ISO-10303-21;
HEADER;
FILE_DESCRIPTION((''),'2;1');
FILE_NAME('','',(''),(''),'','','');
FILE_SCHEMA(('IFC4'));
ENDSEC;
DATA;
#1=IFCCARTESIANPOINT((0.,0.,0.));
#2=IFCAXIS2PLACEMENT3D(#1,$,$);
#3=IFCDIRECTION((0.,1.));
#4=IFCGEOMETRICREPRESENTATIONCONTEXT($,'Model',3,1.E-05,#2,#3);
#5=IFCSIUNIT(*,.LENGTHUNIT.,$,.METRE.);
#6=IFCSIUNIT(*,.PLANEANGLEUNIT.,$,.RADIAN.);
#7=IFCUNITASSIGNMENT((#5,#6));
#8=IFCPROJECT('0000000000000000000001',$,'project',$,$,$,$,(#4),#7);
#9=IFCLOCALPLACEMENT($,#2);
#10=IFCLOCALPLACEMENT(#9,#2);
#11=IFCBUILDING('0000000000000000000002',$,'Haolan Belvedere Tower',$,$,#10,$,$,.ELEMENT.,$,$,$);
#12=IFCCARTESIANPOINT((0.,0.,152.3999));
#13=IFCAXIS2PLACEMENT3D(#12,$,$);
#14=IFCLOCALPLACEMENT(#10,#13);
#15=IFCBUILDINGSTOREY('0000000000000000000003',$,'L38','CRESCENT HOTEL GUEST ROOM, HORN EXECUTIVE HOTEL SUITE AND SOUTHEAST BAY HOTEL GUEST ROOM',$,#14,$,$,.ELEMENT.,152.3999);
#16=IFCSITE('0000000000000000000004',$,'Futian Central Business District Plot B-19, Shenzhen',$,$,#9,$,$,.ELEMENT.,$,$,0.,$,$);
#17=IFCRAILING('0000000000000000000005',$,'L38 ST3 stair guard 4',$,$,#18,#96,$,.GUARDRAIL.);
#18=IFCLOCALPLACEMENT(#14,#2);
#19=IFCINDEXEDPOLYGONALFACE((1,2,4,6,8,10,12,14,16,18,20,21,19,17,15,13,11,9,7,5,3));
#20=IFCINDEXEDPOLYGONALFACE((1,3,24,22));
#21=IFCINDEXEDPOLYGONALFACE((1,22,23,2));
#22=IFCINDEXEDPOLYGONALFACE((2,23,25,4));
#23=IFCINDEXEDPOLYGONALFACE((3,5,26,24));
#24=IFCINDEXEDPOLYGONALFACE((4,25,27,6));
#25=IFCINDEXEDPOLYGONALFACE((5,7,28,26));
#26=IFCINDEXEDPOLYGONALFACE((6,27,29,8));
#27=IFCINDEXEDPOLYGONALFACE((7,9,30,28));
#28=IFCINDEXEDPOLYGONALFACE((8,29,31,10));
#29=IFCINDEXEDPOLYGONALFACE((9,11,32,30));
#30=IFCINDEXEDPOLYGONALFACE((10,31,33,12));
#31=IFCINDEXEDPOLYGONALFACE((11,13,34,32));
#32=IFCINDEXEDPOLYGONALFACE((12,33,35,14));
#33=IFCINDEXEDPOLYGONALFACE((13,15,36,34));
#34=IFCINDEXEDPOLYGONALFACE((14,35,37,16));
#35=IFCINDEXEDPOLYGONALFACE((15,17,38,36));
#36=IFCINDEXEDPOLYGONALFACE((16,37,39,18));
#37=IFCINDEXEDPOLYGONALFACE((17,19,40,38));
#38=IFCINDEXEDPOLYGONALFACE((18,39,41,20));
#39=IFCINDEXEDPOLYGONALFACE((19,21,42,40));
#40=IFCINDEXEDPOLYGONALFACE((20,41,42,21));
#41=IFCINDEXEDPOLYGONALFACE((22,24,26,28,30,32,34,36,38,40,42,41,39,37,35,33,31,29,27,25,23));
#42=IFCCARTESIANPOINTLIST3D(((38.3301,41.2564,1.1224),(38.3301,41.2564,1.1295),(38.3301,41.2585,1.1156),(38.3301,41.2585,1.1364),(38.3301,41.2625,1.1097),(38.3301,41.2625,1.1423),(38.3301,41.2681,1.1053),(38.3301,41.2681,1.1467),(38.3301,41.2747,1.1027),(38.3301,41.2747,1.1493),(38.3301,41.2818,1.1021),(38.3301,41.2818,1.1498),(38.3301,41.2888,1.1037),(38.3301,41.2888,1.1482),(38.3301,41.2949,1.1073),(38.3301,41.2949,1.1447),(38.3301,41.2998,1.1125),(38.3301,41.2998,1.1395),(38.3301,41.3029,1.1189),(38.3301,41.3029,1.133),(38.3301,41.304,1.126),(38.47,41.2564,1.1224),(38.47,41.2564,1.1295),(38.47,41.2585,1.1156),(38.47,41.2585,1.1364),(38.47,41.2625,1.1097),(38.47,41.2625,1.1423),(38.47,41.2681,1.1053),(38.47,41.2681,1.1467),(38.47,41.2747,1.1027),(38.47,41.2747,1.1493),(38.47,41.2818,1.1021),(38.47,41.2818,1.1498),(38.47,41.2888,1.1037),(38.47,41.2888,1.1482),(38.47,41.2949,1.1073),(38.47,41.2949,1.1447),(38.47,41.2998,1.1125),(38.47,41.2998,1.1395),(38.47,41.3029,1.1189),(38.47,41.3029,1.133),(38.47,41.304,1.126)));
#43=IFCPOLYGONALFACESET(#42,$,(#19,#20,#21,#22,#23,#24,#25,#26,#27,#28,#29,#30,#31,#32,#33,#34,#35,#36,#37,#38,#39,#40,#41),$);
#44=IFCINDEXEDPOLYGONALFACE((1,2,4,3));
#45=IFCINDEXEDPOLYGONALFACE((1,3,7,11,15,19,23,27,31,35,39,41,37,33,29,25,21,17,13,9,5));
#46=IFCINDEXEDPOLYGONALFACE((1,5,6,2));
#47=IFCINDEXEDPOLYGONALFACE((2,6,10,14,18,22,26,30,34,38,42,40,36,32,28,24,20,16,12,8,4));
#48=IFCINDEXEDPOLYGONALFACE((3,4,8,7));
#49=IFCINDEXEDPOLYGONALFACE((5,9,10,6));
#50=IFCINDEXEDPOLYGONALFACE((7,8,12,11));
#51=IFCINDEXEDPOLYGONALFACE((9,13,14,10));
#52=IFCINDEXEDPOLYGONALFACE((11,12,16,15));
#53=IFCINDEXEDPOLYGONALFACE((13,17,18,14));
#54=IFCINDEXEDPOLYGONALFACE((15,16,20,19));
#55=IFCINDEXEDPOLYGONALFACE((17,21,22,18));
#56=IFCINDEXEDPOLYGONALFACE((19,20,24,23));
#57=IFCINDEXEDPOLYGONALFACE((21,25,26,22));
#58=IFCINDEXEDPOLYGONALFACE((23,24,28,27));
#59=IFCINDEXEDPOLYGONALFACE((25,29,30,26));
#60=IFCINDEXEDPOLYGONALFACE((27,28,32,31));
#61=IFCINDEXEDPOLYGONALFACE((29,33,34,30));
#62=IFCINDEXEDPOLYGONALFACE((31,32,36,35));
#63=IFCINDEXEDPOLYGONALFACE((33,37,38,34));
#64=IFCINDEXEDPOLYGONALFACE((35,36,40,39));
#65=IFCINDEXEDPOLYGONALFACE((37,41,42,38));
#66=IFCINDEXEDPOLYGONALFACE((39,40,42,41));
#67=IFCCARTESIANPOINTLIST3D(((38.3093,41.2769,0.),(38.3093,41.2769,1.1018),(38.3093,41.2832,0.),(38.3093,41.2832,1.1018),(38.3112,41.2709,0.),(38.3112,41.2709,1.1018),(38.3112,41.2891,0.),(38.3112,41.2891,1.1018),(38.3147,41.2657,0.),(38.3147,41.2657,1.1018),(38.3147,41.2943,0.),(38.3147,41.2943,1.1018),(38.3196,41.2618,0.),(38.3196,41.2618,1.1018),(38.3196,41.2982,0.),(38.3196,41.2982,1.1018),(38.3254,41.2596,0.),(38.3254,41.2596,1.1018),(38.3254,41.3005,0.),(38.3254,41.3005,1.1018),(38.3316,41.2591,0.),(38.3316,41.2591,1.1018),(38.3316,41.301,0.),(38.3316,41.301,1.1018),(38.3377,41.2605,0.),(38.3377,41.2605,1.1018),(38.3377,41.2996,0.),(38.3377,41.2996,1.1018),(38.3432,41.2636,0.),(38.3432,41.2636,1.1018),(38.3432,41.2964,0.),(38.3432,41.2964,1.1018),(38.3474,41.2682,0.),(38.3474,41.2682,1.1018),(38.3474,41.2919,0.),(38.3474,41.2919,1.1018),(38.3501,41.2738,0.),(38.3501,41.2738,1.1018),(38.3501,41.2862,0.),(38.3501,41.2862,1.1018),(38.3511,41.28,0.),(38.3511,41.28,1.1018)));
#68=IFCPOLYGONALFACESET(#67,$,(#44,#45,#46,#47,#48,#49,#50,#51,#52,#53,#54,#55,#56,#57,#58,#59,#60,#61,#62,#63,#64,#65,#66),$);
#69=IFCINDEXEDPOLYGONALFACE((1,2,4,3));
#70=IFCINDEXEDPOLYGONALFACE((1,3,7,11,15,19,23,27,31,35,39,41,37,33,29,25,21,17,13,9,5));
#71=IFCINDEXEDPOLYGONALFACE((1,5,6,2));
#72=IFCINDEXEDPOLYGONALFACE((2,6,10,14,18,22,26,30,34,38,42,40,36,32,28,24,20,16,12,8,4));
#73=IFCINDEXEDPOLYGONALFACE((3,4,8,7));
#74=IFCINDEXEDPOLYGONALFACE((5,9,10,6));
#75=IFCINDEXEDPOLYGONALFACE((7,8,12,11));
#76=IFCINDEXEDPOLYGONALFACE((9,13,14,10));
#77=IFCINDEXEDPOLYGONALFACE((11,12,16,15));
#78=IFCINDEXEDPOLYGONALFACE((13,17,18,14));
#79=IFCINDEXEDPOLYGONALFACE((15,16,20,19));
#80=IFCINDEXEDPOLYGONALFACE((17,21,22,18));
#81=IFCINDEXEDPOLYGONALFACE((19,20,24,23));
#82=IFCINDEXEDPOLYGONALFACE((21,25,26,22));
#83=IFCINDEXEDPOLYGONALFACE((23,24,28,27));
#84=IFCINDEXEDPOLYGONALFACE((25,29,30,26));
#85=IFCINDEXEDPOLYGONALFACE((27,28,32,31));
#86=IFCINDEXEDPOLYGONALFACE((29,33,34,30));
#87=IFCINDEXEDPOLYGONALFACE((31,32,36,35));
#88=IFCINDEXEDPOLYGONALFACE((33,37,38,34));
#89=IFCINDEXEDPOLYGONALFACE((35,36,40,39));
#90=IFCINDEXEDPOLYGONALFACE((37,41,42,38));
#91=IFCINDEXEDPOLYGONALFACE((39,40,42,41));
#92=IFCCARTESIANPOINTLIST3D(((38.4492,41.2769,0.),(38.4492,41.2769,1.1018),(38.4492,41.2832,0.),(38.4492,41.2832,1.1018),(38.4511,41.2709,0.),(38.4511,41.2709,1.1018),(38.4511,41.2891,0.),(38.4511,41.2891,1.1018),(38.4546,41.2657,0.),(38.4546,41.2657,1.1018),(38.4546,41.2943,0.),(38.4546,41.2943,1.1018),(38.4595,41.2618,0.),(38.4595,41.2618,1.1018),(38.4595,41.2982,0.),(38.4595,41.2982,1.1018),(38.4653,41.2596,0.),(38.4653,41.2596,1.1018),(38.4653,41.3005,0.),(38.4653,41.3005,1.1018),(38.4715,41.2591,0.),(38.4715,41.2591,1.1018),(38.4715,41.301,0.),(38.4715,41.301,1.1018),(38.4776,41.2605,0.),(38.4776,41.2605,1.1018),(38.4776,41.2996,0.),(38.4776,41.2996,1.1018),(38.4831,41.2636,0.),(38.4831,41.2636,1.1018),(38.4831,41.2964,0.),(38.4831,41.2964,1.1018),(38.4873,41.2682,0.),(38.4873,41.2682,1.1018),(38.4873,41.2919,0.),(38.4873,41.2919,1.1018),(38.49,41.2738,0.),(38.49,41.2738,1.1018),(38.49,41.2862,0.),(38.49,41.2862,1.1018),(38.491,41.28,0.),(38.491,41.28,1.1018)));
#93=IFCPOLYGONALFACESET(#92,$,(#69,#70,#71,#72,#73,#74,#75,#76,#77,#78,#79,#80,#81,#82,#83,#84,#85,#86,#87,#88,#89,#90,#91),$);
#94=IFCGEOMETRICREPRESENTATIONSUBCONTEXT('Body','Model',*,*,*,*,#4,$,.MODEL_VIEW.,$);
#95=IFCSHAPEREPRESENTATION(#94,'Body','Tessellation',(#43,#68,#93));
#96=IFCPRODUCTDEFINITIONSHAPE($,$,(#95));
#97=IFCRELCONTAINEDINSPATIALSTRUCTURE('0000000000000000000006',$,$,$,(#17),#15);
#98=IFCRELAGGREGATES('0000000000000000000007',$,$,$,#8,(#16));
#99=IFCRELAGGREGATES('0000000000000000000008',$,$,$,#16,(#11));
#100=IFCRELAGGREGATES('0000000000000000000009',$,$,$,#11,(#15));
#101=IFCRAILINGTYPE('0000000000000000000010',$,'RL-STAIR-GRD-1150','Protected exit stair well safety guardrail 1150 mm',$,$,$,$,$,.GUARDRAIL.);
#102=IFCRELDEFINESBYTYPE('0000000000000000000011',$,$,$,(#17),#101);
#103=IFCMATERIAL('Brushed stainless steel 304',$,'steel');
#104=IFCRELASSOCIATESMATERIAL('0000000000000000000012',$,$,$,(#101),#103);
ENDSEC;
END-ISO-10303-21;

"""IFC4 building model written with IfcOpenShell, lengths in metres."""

from ifc_helpers import new_model, si_unit, direction, frame, origin, origin_2d, place, context, subcontext, project, spatial, circle, extrude, material, type_object, element, save


model = new_model("IFC4")

# Units and contexts
model_context = context("Model", 3, precision=1e-05, world=origin(), true_north=direction((0.0, 1.0)))
body_context = subcontext(model_context, "Body", "Model", "MODEL_VIEW")
ifc_project = project(units=[si_unit("LENGTHUNIT", "METRE"), si_unit("PLANEANGLEUNIT", "RADIAN")], contexts=[model_context])

# Site, building, storey
site_placement = place(None, origin())
site = spatial("IfcSite", under=ifc_project, at=site_placement, Name="Futian Central Business District Plot B-19, Shenzhen", CompositionType="ELEMENT", RefElevation=0.0)
building_placement = place(site_placement, origin())
building = spatial("IfcBuilding", under=site, at=building_placement, Name="Haolan Belvedere Tower", CompositionType="ELEMENT")
storey_placement = place(building_placement, frame((0.0, 0.0, 152.3999)))
storey = spatial("IfcBuildingStorey", under=building, at=storey_placement, Name="L38", Description="CRESCENT HOTEL GUEST ROOM, HORN EXECUTIVE HOTEL SUITE AND SOUTHEAST BAY HOTEL GUEST ROOM", CompositionType="ELEMENT", Elevation=152.3999)

# Railing
ifc_material_1 = material(Name="Brushed stainless steel 304", Category="steel")
railing_type_1 = type_object("IfcRailingType", Name="RL-STAIR-GRD-1150", Description="Protected exit stair well safety guardrail 1150 mm", PredefinedType="GUARDRAIL", material=ifc_material_1)
railing_1_placement = place(storey_placement, frame((38.3301, 41.28, 0.0)))
element("IfcRailing", 1, at=railing_1_placement, inside=storey, type_object=railing_type_1, Name="L38 ST3 stair guard 4", PredefinedType="GUARDRAIL", context=body_context, shape_type="SweptSolid", body=[
    extrude(circle(Radius=0.0239, at=origin_2d()), frame((0.0, 0.0, 1.126), z_axis=(1.0, 0.0, 0.0), x_axis=(0.0, 1.0, 0.0)), (0.0, 0.0, 1.0), 0.1399),
    extrude(circle(Radius=0.021, at=origin_2d()), origin(), (0.0, 0.0, 1.0), 1.1018),
    extrude(circle(Radius=0.021, at=origin_2d()), frame((0.1399, 0.0, 0.0)), (0.0, 0.0, 1.0), 1.1018),
])

save(model, "model.ifc")
